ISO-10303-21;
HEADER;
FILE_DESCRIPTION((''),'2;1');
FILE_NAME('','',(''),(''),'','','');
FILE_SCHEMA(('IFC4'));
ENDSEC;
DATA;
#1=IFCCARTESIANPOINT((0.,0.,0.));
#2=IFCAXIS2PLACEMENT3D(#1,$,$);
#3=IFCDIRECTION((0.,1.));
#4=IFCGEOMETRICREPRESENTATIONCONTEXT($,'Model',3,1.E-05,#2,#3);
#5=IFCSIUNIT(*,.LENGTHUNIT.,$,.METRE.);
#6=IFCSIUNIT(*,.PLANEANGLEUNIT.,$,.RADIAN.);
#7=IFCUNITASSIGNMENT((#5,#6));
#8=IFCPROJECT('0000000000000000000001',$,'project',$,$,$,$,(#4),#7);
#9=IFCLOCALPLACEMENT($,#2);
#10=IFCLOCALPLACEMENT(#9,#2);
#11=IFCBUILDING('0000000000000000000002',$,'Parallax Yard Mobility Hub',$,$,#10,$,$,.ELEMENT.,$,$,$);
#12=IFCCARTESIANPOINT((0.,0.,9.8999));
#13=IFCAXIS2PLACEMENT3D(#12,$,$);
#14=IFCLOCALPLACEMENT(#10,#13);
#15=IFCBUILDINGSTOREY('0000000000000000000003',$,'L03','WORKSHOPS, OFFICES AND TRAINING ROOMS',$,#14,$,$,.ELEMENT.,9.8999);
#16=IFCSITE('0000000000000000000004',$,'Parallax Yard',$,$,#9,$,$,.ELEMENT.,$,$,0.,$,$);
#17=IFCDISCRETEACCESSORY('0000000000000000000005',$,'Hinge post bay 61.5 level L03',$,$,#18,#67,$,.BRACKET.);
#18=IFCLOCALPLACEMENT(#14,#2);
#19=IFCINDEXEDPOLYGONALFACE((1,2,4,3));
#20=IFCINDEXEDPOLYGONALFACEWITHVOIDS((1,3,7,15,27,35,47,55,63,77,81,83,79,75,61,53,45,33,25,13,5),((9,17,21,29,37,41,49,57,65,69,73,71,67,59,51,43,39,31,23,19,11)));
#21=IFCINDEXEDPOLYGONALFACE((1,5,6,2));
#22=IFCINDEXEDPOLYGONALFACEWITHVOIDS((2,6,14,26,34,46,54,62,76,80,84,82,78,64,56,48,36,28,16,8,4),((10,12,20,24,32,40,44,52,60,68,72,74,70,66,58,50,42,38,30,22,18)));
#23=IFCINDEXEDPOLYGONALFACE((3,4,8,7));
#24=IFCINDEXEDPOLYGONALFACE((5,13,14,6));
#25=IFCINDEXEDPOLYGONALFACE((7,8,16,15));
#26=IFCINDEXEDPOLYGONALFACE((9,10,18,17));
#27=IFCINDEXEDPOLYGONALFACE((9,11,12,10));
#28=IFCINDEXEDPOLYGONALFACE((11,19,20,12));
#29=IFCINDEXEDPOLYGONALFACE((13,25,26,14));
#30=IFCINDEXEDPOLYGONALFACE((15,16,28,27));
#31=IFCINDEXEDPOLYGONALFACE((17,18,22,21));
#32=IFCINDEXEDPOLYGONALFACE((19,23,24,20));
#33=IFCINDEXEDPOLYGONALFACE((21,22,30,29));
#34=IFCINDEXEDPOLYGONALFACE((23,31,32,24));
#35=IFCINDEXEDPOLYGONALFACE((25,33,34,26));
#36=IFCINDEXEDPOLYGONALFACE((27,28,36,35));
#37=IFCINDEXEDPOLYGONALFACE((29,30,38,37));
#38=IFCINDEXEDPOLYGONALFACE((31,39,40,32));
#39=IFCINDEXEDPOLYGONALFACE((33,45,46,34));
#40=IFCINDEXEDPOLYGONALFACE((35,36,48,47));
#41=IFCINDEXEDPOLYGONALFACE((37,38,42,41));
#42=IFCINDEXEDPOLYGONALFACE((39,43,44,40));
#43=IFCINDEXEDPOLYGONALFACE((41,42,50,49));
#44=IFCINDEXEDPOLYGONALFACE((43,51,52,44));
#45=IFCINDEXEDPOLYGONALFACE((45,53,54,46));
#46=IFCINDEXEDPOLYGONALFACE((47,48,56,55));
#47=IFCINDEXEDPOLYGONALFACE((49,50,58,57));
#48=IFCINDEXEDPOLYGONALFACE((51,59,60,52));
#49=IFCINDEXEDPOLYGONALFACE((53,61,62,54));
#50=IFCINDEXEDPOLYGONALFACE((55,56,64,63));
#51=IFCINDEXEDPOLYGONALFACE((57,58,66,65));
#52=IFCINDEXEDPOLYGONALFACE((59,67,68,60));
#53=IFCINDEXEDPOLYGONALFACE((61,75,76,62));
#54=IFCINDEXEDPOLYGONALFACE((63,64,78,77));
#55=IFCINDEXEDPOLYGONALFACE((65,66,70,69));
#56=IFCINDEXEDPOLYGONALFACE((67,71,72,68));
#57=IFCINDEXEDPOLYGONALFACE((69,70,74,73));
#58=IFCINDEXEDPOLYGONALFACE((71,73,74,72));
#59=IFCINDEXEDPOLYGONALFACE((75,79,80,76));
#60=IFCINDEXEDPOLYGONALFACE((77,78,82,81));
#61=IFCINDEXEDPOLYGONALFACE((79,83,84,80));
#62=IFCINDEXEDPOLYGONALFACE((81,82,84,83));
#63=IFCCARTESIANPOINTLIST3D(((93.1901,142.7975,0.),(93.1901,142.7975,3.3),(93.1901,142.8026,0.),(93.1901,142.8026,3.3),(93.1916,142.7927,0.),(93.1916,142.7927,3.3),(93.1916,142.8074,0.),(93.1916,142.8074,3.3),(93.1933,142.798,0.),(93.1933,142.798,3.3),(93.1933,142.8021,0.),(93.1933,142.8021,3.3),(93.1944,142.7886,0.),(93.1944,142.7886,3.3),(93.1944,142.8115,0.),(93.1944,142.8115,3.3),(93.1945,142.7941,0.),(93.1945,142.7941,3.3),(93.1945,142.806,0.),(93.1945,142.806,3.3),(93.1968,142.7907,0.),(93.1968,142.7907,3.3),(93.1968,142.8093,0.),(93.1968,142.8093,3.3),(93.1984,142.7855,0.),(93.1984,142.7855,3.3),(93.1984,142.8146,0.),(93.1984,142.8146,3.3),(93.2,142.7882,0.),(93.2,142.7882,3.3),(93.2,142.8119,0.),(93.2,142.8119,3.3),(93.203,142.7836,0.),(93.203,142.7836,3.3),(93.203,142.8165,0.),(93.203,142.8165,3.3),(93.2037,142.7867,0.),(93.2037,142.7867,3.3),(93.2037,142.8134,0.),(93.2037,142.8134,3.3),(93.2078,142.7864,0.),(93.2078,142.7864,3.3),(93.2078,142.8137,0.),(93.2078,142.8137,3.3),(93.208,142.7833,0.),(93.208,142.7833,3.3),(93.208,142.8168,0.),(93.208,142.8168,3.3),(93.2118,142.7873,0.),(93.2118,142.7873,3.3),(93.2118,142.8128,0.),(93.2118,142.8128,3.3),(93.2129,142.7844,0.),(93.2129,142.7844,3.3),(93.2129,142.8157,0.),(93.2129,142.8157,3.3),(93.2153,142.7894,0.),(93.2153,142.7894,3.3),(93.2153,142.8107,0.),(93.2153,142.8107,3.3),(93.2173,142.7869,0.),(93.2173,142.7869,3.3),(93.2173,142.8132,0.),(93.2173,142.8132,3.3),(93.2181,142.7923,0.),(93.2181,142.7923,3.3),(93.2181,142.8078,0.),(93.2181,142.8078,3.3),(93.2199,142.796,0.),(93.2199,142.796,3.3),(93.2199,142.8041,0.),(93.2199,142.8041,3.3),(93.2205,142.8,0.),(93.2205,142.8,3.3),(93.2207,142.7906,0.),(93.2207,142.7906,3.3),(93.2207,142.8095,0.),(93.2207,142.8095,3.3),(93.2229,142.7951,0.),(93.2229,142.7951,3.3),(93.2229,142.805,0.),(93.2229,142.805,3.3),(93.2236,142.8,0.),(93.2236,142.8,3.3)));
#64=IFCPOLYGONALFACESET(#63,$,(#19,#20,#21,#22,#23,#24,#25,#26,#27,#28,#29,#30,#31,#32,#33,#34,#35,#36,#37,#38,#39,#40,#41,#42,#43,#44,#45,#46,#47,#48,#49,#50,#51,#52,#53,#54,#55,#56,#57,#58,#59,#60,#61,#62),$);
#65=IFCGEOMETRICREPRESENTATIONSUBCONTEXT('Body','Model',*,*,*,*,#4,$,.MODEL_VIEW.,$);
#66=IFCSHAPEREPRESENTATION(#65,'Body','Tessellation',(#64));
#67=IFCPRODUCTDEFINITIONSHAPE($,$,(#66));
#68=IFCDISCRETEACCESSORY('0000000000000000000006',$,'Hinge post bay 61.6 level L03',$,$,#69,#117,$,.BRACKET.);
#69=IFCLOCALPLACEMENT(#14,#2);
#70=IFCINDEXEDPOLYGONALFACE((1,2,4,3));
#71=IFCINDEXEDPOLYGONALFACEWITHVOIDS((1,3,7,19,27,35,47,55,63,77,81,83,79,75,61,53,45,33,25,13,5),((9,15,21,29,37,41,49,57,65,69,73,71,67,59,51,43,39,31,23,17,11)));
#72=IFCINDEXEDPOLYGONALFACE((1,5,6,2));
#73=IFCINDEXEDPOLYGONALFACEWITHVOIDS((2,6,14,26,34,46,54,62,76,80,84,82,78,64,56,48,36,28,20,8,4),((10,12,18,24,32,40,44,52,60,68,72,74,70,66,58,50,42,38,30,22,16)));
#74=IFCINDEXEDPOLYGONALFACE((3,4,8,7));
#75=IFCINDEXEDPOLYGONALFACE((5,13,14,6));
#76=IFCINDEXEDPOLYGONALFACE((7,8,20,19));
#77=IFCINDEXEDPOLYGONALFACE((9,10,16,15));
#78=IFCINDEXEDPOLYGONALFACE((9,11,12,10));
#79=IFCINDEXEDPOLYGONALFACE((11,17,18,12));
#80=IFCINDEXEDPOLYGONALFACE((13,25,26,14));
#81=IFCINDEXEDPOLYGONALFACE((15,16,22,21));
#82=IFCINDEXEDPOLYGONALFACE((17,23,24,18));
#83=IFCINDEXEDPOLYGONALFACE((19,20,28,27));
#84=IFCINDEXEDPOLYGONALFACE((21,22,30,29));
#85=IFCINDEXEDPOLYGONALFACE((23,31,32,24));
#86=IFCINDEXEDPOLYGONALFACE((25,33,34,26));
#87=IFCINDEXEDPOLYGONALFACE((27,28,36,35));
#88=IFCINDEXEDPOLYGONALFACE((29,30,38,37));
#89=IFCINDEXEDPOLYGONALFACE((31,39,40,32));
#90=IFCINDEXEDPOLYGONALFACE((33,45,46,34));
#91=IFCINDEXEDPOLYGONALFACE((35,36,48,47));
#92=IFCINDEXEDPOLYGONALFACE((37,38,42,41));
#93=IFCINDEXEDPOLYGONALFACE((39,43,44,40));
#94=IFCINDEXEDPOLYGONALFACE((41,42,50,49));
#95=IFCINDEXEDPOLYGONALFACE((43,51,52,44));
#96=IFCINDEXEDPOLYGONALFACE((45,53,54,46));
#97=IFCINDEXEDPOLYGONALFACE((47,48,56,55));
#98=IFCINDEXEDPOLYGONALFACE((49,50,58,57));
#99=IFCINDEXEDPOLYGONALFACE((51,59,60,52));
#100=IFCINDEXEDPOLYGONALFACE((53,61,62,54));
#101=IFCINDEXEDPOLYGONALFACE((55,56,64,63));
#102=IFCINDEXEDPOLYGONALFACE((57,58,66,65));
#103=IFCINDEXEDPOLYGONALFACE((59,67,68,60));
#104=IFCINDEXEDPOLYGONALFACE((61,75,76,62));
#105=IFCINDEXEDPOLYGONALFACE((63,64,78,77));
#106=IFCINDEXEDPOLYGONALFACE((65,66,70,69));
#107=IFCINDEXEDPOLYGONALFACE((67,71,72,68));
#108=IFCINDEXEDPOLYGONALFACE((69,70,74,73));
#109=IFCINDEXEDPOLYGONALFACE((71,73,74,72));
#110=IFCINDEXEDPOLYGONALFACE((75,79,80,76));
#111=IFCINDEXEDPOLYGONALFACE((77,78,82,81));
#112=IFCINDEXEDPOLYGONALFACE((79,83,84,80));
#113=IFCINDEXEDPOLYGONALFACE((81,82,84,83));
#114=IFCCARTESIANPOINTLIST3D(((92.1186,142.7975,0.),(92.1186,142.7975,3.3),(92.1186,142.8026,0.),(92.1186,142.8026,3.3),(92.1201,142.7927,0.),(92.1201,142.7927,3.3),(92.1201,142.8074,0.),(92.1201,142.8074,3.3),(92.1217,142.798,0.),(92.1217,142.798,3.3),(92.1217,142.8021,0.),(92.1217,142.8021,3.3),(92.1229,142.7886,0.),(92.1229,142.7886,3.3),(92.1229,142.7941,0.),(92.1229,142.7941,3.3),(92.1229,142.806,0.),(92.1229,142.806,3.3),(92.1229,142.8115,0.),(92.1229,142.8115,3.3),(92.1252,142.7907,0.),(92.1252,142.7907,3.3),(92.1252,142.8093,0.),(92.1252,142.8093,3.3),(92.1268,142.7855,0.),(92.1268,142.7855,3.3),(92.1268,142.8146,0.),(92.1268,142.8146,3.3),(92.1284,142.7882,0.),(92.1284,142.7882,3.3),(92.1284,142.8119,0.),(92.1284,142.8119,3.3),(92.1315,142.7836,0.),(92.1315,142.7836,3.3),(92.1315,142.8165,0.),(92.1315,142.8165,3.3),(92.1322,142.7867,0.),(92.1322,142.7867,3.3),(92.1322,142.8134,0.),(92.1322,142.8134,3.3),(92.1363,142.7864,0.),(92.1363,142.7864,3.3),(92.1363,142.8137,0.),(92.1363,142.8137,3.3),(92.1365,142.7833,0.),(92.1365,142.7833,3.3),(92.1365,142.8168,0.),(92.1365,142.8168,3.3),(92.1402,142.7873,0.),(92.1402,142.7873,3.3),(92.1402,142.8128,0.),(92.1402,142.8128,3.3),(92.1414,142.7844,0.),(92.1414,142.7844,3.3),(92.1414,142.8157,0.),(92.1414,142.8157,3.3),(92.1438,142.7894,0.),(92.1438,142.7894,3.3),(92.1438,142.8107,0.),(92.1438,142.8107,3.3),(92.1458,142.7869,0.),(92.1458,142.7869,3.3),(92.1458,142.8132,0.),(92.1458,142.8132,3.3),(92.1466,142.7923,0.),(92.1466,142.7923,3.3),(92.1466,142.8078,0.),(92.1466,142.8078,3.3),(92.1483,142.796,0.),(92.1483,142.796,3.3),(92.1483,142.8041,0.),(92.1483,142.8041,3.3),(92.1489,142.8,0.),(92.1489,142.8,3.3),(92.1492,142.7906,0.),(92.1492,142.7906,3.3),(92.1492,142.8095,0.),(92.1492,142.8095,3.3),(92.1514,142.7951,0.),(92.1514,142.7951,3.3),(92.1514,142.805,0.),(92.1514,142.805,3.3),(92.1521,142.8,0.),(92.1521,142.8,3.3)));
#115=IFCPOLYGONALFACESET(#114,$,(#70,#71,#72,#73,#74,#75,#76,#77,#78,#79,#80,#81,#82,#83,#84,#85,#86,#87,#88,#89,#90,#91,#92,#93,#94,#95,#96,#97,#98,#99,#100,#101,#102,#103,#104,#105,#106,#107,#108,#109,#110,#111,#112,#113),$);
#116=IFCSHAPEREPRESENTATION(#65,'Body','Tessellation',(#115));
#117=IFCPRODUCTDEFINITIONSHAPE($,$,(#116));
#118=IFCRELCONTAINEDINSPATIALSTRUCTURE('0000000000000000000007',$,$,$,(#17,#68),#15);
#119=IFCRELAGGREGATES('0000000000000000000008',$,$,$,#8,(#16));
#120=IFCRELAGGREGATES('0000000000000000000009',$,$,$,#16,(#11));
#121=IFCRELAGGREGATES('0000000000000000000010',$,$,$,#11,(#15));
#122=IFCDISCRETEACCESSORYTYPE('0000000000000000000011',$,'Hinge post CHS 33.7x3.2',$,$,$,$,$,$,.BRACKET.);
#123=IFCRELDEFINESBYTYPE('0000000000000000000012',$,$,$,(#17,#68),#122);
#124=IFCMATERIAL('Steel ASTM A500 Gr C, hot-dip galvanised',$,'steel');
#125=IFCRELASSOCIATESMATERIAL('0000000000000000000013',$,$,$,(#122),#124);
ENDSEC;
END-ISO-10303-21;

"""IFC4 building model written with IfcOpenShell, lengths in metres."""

from ifc_helpers import new_model, si_unit, direction, frame, origin, origin_2d, place, context, subcontext, project, spatial, hollow_circle, extrude, material, material_profile, profile_set, type_object, element, save


model = new_model("IFC4")

# Units and contexts
model_context = context("Model", 3, precision=1e-05, world=origin(), true_north=direction((0.0, 1.0)))
body_context = subcontext(model_context, "Body", "Model", "MODEL_VIEW")
ifc_project = project(units=[si_unit("LENGTHUNIT", "METRE"), si_unit("PLANEANGLEUNIT", "RADIAN")], contexts=[model_context])

# Site, building, storey
site_placement = place(None, origin())
site = spatial("IfcSite", under=ifc_project, at=site_placement, Name="Parallax Yard", CompositionType="ELEMENT", RefElevation=0.0)
building_placement = place(site_placement, origin())
building = spatial("IfcBuilding", under=site, at=building_placement, Name="Parallax Yard Mobility Hub", CompositionType="ELEMENT")
storey_placement = place(building_placement, frame((0.0, 0.0, 9.8999)))
storey = spatial("IfcBuildingStorey", under=building, at=storey_placement, Name="L03", Description="WORKSHOPS, OFFICES AND TRAINING ROOMS", CompositionType="ELEMENT", Elevation=9.8999)

# Discrete accessories
ifc_material_1 = material(Name="Steel ASTM A500 Gr C, hot-dip galvanised", Category="steel")
ifc_material_profile = material_profile(ifc_material_1, hollow_circle(Radius=0.0168, WallThickness=0.0032, at=origin_2d()), Name="CHS 33.7x3.2")
ifc_profile_set = profile_set([ifc_material_profile], Name="Steel ASTM A500 Gr C, hot-dip galvanised")
discrete_accessory_type = type_object("IfcDiscreteAccessoryType", Name="Hinge post CHS 33.7x3.2", PredefinedType="BRACKET", material=ifc_profile_set)
for number, where, z_axis, x_axis, name in (
    (1, (93.2068, 142.8, 0.0), (0.0, 0.0, 1.0), (1.0, 0.0, 0.0), "Hinge post bay 61.5 level L03"),
    (2, (92.1353, 142.8, 0.0), (0.0, 0.0, 1.0), (1.0, 0.0, 0.0), "Hinge post bay 61.6 level L03"),
):
    element("IfcDiscreteAccessory", number, at=place(storey_placement, frame(where, z_axis=z_axis, x_axis=x_axis)), inside=storey, type_object=discrete_accessory_type, Name=name, PredefinedType="BRACKET", context=body_context, shape_type="SweptSolid", body=[
        extrude(hollow_circle(Radius=0.0168, WallThickness=0.0032, at=origin_2d()), origin(), (0.0, 0.0, 1.0), 3.3),
    ])

save(model, "model.ifc")
